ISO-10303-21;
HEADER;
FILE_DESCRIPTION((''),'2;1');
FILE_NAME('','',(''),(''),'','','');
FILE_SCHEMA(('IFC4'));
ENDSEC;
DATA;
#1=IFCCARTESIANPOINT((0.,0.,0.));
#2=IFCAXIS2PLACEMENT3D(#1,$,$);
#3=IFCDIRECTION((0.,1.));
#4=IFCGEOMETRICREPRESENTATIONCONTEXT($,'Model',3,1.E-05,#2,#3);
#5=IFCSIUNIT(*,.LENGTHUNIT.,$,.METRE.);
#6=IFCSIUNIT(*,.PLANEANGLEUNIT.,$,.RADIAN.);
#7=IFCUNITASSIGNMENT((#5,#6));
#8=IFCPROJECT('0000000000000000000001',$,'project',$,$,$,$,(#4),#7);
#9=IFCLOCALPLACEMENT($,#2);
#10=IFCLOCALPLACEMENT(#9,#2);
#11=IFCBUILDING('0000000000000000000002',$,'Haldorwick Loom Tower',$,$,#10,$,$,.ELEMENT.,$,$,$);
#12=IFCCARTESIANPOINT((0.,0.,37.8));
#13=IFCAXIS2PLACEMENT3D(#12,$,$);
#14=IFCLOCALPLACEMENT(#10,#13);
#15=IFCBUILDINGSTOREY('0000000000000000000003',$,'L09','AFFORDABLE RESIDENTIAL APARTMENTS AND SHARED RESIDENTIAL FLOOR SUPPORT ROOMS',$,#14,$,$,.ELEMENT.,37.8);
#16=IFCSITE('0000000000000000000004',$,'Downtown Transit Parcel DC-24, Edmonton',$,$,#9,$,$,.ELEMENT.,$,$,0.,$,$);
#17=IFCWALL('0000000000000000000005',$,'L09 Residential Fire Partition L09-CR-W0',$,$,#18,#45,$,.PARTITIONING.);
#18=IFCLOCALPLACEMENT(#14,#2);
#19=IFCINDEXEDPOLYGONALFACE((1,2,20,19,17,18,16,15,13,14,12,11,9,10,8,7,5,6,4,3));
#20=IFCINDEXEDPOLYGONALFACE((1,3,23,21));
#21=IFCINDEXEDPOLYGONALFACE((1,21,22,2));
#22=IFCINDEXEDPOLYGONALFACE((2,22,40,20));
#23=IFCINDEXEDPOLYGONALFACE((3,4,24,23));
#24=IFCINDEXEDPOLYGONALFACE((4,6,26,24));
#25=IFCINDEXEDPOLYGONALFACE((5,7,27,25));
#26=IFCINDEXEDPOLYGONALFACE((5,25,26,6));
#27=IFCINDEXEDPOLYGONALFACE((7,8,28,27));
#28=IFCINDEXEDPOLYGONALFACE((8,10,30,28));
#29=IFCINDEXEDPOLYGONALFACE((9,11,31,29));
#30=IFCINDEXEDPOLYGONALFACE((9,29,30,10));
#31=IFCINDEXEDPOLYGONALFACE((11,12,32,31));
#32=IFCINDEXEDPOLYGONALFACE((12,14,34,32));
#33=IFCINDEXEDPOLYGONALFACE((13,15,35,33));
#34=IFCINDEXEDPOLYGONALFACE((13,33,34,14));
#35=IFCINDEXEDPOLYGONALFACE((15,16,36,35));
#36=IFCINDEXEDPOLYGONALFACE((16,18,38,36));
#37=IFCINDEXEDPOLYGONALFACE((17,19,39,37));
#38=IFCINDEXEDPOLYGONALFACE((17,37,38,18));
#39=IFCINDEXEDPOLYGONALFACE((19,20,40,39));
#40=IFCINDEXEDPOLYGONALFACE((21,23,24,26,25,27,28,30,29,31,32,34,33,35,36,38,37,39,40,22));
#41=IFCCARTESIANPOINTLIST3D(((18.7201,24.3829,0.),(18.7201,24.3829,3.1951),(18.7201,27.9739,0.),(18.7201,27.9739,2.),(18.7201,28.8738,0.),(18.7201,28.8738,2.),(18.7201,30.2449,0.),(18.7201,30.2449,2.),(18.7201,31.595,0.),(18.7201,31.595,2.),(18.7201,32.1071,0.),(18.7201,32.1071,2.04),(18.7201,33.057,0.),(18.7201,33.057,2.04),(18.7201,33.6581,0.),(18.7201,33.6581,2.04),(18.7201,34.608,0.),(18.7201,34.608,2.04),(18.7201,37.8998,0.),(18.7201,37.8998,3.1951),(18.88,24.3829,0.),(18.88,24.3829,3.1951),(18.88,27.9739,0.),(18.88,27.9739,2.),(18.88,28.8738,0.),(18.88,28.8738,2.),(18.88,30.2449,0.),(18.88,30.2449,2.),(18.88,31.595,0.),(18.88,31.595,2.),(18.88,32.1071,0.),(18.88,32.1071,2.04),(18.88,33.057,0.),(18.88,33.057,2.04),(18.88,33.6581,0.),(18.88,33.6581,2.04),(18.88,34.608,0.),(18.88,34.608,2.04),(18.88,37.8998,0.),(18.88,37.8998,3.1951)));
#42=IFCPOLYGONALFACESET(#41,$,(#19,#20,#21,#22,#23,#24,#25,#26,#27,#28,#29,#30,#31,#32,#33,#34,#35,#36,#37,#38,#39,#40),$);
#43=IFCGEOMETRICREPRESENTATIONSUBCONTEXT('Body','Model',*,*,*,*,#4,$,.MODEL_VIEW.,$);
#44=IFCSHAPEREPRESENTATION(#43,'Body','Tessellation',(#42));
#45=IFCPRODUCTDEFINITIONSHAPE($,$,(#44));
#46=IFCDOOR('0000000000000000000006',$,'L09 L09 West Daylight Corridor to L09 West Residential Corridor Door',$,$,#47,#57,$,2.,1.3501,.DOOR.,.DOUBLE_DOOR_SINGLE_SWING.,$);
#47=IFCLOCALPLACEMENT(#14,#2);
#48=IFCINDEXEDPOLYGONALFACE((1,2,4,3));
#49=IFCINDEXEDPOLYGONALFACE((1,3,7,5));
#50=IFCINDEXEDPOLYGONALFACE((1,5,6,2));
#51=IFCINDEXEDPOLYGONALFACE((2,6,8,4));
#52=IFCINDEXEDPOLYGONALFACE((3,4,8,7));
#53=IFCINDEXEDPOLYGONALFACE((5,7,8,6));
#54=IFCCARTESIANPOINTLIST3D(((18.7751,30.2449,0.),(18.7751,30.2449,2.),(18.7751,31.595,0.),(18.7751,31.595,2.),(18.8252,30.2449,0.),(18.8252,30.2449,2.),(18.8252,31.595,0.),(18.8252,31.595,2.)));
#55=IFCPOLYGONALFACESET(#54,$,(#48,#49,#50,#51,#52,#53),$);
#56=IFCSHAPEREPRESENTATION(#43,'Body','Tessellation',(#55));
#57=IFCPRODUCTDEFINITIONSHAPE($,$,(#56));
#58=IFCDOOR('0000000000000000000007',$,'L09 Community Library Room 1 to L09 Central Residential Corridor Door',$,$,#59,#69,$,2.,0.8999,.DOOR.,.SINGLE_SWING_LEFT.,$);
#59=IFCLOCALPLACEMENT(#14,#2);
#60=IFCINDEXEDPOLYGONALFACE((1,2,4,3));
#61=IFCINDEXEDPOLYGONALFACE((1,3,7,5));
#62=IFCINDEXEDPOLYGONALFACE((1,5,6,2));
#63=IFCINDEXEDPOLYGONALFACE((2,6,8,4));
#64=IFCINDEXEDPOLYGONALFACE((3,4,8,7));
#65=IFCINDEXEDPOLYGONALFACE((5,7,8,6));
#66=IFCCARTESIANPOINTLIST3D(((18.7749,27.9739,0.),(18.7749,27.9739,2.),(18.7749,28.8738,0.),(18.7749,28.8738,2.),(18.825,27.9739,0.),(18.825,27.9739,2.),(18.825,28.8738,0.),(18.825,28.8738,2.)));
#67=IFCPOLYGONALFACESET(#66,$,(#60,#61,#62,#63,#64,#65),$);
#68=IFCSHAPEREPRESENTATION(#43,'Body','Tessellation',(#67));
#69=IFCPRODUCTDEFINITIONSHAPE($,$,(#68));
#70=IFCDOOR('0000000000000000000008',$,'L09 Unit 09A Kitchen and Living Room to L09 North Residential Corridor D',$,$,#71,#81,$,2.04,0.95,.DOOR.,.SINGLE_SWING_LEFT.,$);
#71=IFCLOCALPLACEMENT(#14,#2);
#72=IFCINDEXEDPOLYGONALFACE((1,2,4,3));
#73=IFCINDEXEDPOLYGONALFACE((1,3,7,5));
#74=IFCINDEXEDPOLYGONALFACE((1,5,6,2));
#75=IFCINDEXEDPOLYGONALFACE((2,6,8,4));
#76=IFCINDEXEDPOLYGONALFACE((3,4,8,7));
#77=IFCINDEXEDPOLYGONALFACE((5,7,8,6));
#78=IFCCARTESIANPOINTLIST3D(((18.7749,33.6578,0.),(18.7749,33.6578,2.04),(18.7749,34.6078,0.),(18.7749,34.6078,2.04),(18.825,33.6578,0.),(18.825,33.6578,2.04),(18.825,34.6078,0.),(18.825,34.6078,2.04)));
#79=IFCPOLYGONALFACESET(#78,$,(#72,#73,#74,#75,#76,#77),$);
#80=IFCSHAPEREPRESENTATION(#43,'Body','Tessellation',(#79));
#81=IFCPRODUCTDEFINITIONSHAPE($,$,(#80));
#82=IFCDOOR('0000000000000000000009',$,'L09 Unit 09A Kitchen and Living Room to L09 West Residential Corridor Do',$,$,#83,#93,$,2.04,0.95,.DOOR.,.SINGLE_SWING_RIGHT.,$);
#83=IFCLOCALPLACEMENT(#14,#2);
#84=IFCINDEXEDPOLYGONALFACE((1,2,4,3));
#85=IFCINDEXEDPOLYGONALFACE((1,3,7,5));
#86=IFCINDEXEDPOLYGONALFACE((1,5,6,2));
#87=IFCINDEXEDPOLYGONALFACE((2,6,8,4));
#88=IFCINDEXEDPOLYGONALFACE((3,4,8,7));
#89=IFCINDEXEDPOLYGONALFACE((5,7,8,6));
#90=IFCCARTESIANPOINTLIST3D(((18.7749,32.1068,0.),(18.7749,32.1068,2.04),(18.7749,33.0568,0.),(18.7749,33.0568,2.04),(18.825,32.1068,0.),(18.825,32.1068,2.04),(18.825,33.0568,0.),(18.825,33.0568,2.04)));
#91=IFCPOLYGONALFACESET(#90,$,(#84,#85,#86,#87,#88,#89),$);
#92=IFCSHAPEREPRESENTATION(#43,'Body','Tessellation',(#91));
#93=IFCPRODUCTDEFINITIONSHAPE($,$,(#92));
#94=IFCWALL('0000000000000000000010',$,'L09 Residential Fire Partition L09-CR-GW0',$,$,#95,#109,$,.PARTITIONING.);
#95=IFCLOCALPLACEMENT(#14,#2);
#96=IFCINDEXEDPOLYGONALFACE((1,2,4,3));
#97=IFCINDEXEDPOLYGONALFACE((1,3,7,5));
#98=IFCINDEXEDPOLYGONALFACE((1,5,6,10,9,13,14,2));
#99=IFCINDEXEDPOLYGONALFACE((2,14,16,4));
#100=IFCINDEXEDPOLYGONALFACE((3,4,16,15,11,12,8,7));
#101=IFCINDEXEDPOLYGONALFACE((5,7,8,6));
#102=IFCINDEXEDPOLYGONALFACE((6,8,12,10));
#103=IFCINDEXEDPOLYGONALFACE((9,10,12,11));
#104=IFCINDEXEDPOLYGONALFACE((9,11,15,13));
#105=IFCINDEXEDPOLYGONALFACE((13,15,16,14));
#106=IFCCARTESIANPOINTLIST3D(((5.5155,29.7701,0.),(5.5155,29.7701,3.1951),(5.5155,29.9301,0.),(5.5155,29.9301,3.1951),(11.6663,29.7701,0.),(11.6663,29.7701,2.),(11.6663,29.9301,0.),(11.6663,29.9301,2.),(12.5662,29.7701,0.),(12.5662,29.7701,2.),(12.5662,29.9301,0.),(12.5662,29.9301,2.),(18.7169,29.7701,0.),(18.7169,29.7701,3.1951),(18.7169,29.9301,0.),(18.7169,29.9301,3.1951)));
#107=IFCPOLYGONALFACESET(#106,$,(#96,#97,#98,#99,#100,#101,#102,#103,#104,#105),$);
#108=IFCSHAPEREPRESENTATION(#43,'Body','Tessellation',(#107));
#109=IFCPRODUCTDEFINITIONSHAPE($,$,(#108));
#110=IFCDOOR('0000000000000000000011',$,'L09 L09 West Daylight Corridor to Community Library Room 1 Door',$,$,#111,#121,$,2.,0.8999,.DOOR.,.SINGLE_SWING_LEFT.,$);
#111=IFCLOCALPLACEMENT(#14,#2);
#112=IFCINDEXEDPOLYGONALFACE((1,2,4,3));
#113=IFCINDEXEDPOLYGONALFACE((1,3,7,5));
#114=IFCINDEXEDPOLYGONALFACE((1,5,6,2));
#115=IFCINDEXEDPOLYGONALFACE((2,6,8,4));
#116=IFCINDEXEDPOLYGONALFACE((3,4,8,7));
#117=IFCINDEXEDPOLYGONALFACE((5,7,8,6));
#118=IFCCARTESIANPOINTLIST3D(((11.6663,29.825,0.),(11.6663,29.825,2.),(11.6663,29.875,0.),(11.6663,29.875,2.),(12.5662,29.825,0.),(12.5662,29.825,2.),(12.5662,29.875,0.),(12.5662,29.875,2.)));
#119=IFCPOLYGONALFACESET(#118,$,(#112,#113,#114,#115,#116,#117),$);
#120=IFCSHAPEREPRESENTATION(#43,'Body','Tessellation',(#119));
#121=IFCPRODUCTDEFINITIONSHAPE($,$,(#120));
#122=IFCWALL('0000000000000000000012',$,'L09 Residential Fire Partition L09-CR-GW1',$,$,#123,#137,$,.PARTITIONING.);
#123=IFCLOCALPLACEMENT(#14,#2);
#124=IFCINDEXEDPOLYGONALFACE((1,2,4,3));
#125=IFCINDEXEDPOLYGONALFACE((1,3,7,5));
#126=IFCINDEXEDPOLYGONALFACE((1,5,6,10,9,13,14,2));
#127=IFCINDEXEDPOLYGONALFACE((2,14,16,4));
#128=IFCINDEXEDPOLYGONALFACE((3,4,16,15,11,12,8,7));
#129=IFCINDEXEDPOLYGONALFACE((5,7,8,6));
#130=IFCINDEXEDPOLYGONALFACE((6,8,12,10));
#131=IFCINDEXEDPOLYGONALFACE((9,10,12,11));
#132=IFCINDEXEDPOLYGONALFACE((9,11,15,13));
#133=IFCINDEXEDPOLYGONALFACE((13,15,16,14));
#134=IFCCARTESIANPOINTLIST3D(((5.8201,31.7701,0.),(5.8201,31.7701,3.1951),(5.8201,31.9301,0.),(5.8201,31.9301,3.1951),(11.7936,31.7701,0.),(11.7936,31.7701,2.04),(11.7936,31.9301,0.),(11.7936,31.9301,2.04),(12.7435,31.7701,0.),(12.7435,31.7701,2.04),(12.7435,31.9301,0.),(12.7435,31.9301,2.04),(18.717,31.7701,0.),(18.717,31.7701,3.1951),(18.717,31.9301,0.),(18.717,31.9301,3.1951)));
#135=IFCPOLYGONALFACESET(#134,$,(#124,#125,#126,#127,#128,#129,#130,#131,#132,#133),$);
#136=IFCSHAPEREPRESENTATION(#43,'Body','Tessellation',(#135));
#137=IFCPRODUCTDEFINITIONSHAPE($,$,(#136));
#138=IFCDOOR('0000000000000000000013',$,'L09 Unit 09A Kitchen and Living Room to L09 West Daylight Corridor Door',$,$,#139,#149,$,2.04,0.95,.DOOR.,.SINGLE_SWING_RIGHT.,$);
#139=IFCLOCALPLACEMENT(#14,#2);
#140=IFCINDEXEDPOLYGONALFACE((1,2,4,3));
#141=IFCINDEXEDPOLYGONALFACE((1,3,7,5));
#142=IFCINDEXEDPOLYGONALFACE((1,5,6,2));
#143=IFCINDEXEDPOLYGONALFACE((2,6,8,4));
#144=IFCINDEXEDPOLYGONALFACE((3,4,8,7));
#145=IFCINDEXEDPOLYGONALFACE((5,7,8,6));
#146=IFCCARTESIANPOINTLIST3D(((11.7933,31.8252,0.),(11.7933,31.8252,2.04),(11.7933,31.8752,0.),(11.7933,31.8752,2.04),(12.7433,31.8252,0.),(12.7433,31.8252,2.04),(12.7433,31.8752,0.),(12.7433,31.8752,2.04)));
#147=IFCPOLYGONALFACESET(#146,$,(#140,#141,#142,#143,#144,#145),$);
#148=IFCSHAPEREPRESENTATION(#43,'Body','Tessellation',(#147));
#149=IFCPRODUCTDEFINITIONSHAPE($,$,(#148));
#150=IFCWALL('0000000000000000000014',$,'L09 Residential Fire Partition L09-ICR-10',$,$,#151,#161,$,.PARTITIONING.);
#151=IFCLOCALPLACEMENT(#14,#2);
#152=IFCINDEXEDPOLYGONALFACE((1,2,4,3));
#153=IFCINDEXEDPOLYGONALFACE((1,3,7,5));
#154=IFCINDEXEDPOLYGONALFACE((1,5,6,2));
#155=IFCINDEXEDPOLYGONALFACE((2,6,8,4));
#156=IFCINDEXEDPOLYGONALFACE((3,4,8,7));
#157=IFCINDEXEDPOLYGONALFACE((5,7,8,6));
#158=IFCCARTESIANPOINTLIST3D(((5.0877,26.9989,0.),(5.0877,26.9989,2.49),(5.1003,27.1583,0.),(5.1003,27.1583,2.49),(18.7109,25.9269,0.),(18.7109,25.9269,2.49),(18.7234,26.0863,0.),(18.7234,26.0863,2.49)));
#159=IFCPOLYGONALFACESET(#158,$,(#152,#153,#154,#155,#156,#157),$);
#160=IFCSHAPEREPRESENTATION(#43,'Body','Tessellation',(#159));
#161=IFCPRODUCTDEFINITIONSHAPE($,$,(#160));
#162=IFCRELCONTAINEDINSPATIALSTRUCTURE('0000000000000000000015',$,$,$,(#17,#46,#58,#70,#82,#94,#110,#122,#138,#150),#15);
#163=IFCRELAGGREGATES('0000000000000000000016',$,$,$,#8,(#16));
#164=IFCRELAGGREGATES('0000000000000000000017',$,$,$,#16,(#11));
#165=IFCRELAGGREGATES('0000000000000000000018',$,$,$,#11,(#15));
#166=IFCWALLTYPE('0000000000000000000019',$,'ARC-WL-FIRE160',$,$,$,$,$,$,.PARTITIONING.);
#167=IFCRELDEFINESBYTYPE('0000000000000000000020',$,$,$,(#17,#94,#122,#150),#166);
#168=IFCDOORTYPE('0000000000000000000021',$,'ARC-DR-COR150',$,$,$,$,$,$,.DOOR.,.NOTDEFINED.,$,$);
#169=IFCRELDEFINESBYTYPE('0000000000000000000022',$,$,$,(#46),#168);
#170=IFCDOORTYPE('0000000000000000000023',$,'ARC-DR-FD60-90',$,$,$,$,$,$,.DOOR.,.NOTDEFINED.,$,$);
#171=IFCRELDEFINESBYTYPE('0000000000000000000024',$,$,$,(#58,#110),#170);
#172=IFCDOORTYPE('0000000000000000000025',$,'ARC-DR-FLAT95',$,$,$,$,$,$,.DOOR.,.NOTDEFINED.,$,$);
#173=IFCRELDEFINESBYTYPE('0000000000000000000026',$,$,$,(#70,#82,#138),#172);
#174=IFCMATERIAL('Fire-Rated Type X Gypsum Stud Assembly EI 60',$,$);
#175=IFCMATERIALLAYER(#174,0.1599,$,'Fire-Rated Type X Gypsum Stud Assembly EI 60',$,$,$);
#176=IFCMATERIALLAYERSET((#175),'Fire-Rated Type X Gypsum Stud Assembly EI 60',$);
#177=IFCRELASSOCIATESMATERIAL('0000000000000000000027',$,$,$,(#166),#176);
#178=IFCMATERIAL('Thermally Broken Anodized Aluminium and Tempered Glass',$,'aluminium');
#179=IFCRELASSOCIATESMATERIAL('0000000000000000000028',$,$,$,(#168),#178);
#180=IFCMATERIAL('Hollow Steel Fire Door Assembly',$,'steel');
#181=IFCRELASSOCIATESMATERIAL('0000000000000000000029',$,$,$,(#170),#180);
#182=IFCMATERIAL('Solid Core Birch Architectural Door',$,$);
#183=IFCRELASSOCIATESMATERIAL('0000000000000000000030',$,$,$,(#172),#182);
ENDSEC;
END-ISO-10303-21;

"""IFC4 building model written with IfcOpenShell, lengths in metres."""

from ifc_helpers import new_model, si_unit, direction, frame, frame_2d, origin, place, context, subcontext, project, spatial, rectangle, extrude, material, layer, layer_set, type_object, element, fill, save


model = new_model("IFC4")

# Units and contexts
model_context = context("Model", 3, precision=1e-05, world=origin(), true_north=direction((0.0, 1.0)))
body_context = subcontext(model_context, "Body", "Model", "MODEL_VIEW")
ifc_project = project(units=[si_unit("LENGTHUNIT", "METRE"), si_unit("PLANEANGLEUNIT", "RADIAN")], contexts=[model_context])

# Site, building, storey
site_placement = place(None, origin())
site = spatial("IfcSite", under=ifc_project, at=site_placement, Name="Downtown Transit Parcel DC-24, Edmonton", CompositionType="ELEMENT", RefElevation=0.0)
building_placement = place(site_placement, origin())
building = spatial("IfcBuilding", under=site, at=building_placement, Name="Haldorwick Loom Tower", CompositionType="ELEMENT")
storey_placement = place(building_placement, frame((0.0, 0.0, 37.8)))
storey = spatial("IfcBuildingStorey", under=building, at=storey_placement, Name="L09", Description="AFFORDABLE RESIDENTIAL APARTMENTS AND SHARED RESIDENTIAL FLOOR SUPPORT ROOMS", CompositionType="ELEMENT", Elevation=37.8)

# Wall, openings, doors
ifc_material_1 = material(Name="Fire-Rated Type X Gypsum Stud Assembly EI 60")
ifc_layer_1 = layer(ifc_material_1, 0.1599, Name="Fire-Rated Type X Gypsum Stud Assembly EI 60")
ifc_layer_set_1 = layer_set([ifc_layer_1], Name="Fire-Rated Type X Gypsum Stud Assembly EI 60")
wall_type_1 = type_object("IfcWallType", Name="ARC-WL-FIRE160", PredefinedType="PARTITIONING", material=ifc_layer_set_1)
ifc_material_2 = material(Name="Thermally Broken Anodized Aluminium and Tempered Glass", Category="aluminium")
door_type_1 = type_object("IfcDoorType", Name="ARC-DR-COR150", OperationType="NOTDEFINED", PredefinedType="DOOR", material=ifc_material_2)
ifc_material_3 = material(Name="Hollow Steel Fire Door Assembly", Category="steel")
door_type_2 = type_object("IfcDoorType", Name="ARC-DR-FD60-90", OperationType="NOTDEFINED", PredefinedType="DOOR", material=ifc_material_3)
wall_1_placement = place(storey_placement, frame((18.8, 24.3831, 0.0), z_axis=(0.0, 0.0, 1.0), x_axis=(0.0, 1.0, 0.0)))
wall_1 = element("IfcWall", 1, at=wall_1_placement, inside=storey, type_object=wall_type_1, Name="L09 Residential Fire Partition L09-CR-W0", PredefinedType="PARTITIONING", context=body_context, shape_type="SweptSolid", body=[
    extrude(rectangle(XDim=13.5168, YDim=0.1599, at=frame_2d((6.7583, 0.0))), origin(), (0.0, 0.0, 1.0), 3.1951),
])
opening_1_placement = place(wall_1_placement, frame((5.8618, 0.0, 0.0)))
opening_1 = element("IfcOpeningElement", 2, at=opening_1_placement, cuts=wall_1, PredefinedType="OPENING", context=body_context, shape_type="SweptSolid", body=[
    extrude(rectangle(XDim=1.3501, YDim=2.0, at=frame_2d((0.675, 1.0))), frame((0.0, 0.0898, 0.0), z_axis=(0.0, -1.0, 0.0), x_axis=(1.0, 0.0, 0.0)), (0.0, 0.0, 1.0), 0.1799),
])
opening_2_placement = place(wall_1_placement, frame((3.5908, 0.0, 0.0)))
opening_2 = element("IfcOpeningElement", 3, at=opening_2_placement, cuts=wall_1, PredefinedType="OPENING", context=body_context, shape_type="SweptSolid", body=[
    extrude(rectangle(XDim=0.8999, YDim=2.0, at=frame_2d((0.45, 1.0))), frame((0.0, 0.0898, 0.0), z_axis=(0.0, -1.0, 0.0), x_axis=(1.0, 0.0, 0.0)), (0.0, 0.0, 1.0), 0.1799),
])
opening_3_placement = place(wall_1_placement, frame((9.2749, 0.0, 0.0)))
opening_3 = element("IfcOpeningElement", 4, at=opening_3_placement, cuts=wall_1, PredefinedType="OPENING", context=body_context, shape_type="SweptSolid", body=[
    extrude(rectangle(XDim=0.95, YDim=2.04, at=frame_2d((0.4751, 1.02))), frame((0.0, 0.0898, 0.0), z_axis=(0.0, -1.0, 0.0), x_axis=(1.0, 0.0, 0.0)), (0.0, 0.0, 1.0), 0.1799),
])
opening_4_placement = place(wall_1_placement, frame((7.7239, 0.0, 0.0)))
opening_4 = element("IfcOpeningElement", 5, at=opening_4_placement, cuts=wall_1, PredefinedType="OPENING", context=body_context, shape_type="SweptSolid", body=[
    extrude(rectangle(XDim=0.95, YDim=2.04, at=frame_2d((0.4751, 1.02))), frame((0.0, 0.0898, 0.0), z_axis=(0.0, -1.0, 0.0), x_axis=(1.0, 0.0, 0.0)), (0.0, 0.0, 1.0), 0.1799),
])
door_1_placement = place(opening_1_placement, origin())
door_1 = element("IfcDoor", 6, at=door_1_placement, inside=storey, type_object=door_type_1, Name="L09 L09 West Daylight Corridor to L09 West Residential Corridor Door", OperationType="DOUBLE_DOOR_SINGLE_SWING", OverallHeight=2.0, OverallWidth=1.3501, PredefinedType="DOOR", context=body_context, shape_type="SweptSolid", body=[
    extrude(rectangle(XDim=1.3501, YDim=2.0, at=frame_2d((0.675, 1.0))), frame((0.0, 0.0249, 0.0), z_axis=(0.0, -1.0, 0.0), x_axis=(1.0, 0.0, 0.0)), (0.0, 0.0, 1.0), 0.05),
])
fill(opening_1, door_1)
door_2_placement = place(opening_2_placement, frame((0.8999, 0.0, 0.0), z_axis=(0.0, 0.0, 1.0), x_axis=(-1.0, 0.0, 0.0)))
door_2 = element("IfcDoor", 7, at=door_2_placement, inside=storey, type_object=door_type_2, Name="L09 Community Library Room 1 to L09 Central Residential Corridor Door", OperationType="SINGLE_SWING_LEFT", OverallHeight=2.0, OverallWidth=0.8999, PredefinedType="DOOR", context=body_context, shape_type="SweptSolid", body=[
    extrude(rectangle(XDim=0.8999, YDim=2.0, at=frame_2d((0.45, 1.0))), frame((0.0, 0.0249, 0.0), z_axis=(0.0, -1.0, 0.0), x_axis=(1.0, 0.0, 0.0)), (0.0, 0.0, 1.0), 0.05),
])
fill(opening_2, door_2)
ifc_material_4 = material(Name="Solid Core Birch Architectural Door")
door_type_3 = type_object("IfcDoorType", Name="ARC-DR-FLAT95", OperationType="NOTDEFINED", PredefinedType="DOOR", material=ifc_material_4)
door_3_placement = place(opening_3_placement, frame((0.95, 0.0, 0.0), z_axis=(0.0, 0.0, 1.0), x_axis=(-1.0, 0.0, 0.0)))
door_3 = element("IfcDoor", 8, at=door_3_placement, inside=storey, type_object=door_type_3, Name="L09 Unit 09A Kitchen and Living Room to L09 North Residential Corridor D", OperationType="SINGLE_SWING_LEFT", OverallHeight=2.04, OverallWidth=0.95, PredefinedType="DOOR", context=body_context, shape_type="SweptSolid", body=[
    extrude(rectangle(XDim=0.95, YDim=2.04, at=frame_2d((0.4751, 1.02))), frame((0.0, 0.0249, 0.0), z_axis=(0.0, -1.0, 0.0), x_axis=(1.0, 0.0, 0.0)), (0.0, 0.0, 1.0), 0.05),
])
fill(opening_3, door_3)
door_4_placement = place(opening_4_placement, frame((0.95, 0.0, 0.0), z_axis=(0.0, 0.0, 1.0), x_axis=(-1.0, 0.0, 0.0)))
door_4 = element("IfcDoor", 9, at=door_4_placement, inside=storey, type_object=door_type_3, Name="L09 Unit 09A Kitchen and Living Room to L09 West Residential Corridor Do", OperationType="SINGLE_SWING_RIGHT", OverallHeight=2.04, OverallWidth=0.95, PredefinedType="DOOR", context=body_context, shape_type="SweptSolid", body=[
    extrude(rectangle(XDim=0.95, YDim=2.04, at=frame_2d((0.4751, 1.02))), frame((0.0, 0.0249, 0.0), z_axis=(0.0, -1.0, 0.0), x_axis=(1.0, 0.0, 0.0)), (0.0, 0.0, 1.0), 0.05),
])
fill(opening_4, door_4)

# Walls, openings, doors
wall_2_placement = place(storey_placement, frame((5.5156, 29.8501, 0.0), z_axis=(0.0, 0.0, 1.0), x_axis=(1.0, 0.0, 0.0)))
wall_2 = element("IfcWall", 10, at=wall_2_placement, inside=storey, type_object=wall_type_1, Name="L09 Residential Fire Partition L09-CR-GW0", PredefinedType="PARTITIONING", context=body_context, shape_type="SweptSolid", body=[
    extrude(rectangle(XDim=13.2014, YDim=0.1599, at=frame_2d((6.6006, 0.0))), origin(), (0.0, 0.0, 1.0), 3.1951),
])
opening_5_placement = place(wall_2_placement, frame((6.1506, 0.0, 0.0)))
opening_5 = element("IfcOpeningElement", 11, at=opening_5_placement, cuts=wall_2, PredefinedType="OPENING", context=body_context, shape_type="SweptSolid", body=[
    extrude(rectangle(XDim=0.8999, YDim=2.0, at=frame_2d((0.45, 1.0))), frame((0.0, 0.0898, 0.0), z_axis=(0.0, -1.0, 0.0), x_axis=(1.0, 0.0, 0.0)), (0.0, 0.0, 1.0), 0.1799),
])
door_5_placement = place(opening_5_placement, origin())
door_5 = element("IfcDoor", 12, at=door_5_placement, inside=storey, type_object=door_type_2, Name="L09 L09 West Daylight Corridor to Community Library Room 1 Door", OperationType="SINGLE_SWING_LEFT", OverallHeight=2.0, OverallWidth=0.8999, PredefinedType="DOOR", context=body_context, shape_type="SweptSolid", body=[
    extrude(rectangle(XDim=0.8999, YDim=2.0, at=frame_2d((0.45, 1.0))), frame((0.0, 0.0249, 0.0), z_axis=(0.0, -1.0, 0.0), x_axis=(1.0, 0.0, 0.0)), (0.0, 0.0, 1.0), 0.05),
])
fill(opening_5, door_5)
wall_3_placement = place(storey_placement, frame((5.8201, 31.8501, 0.0), z_axis=(0.0, 0.0, 1.0), x_axis=(1.0, 0.0, 0.0)))
wall_3 = element("IfcWall", 13, at=wall_3_placement, inside=storey, type_object=wall_type_1, Name="L09 Residential Fire Partition L09-CR-GW1", PredefinedType="PARTITIONING", context=body_context, shape_type="SweptSolid", body=[
    extrude(rectangle(XDim=12.897, YDim=0.1599, at=frame_2d((6.4485, 0.0))), origin(), (0.0, 0.0, 1.0), 3.1951),
])
opening_6_placement = place(wall_3_placement, frame((5.9734, 0.0, 0.0)))
opening_6 = element("IfcOpeningElement", 14, at=opening_6_placement, cuts=wall_3, PredefinedType="OPENING", context=body_context, shape_type="SweptSolid", body=[
    extrude(rectangle(XDim=0.95, YDim=2.04, at=frame_2d((0.4751, 1.02))), frame((0.0, 0.0898, 0.0), z_axis=(0.0, -1.0, 0.0), x_axis=(1.0, 0.0, 0.0)), (0.0, 0.0, 1.0), 0.1799),
])
door_6_placement = place(opening_6_placement, frame((0.95, 0.0, 0.0), z_axis=(0.0, 0.0, 1.0), x_axis=(-1.0, 0.0, 0.0)))
door_6 = element("IfcDoor", 15, at=door_6_placement, inside=storey, type_object=door_type_3, Name="L09 Unit 09A Kitchen and Living Room to L09 West Daylight Corridor Door", OperationType="SINGLE_SWING_RIGHT", OverallHeight=2.04, OverallWidth=0.95, PredefinedType="DOOR", context=body_context, shape_type="SweptSolid", body=[
    extrude(rectangle(XDim=0.95, YDim=2.04, at=frame_2d((0.4751, 1.02))), frame((0.0, 0.0249, 0.0), z_axis=(0.0, -1.0, 0.0), x_axis=(1.0, 0.0, 0.0)), (0.0, 0.0, 1.0), 0.05),
])
fill(opening_6, door_6)

# Wall
wall_4_placement = place(storey_placement, frame((18.717, 26.0066, 0.0), z_axis=(0.0, 0.0, 1.0), x_axis=(-0.996918, 0.078449, 0.0)))
element("IfcWall", 16, at=wall_4_placement, inside=storey, type_object=wall_type_1, Name="L09 Residential Fire Partition L09-ICR-10", PredefinedType="PARTITIONING", context=body_context, shape_type="SweptSolid", body=[
    extrude(rectangle(XDim=13.6653, YDim=0.1599, at=frame_2d((6.8325, 0.0))), origin(), (0.0, 0.0, 1.0), 2.49),
])

save(model, "model.ifc")
